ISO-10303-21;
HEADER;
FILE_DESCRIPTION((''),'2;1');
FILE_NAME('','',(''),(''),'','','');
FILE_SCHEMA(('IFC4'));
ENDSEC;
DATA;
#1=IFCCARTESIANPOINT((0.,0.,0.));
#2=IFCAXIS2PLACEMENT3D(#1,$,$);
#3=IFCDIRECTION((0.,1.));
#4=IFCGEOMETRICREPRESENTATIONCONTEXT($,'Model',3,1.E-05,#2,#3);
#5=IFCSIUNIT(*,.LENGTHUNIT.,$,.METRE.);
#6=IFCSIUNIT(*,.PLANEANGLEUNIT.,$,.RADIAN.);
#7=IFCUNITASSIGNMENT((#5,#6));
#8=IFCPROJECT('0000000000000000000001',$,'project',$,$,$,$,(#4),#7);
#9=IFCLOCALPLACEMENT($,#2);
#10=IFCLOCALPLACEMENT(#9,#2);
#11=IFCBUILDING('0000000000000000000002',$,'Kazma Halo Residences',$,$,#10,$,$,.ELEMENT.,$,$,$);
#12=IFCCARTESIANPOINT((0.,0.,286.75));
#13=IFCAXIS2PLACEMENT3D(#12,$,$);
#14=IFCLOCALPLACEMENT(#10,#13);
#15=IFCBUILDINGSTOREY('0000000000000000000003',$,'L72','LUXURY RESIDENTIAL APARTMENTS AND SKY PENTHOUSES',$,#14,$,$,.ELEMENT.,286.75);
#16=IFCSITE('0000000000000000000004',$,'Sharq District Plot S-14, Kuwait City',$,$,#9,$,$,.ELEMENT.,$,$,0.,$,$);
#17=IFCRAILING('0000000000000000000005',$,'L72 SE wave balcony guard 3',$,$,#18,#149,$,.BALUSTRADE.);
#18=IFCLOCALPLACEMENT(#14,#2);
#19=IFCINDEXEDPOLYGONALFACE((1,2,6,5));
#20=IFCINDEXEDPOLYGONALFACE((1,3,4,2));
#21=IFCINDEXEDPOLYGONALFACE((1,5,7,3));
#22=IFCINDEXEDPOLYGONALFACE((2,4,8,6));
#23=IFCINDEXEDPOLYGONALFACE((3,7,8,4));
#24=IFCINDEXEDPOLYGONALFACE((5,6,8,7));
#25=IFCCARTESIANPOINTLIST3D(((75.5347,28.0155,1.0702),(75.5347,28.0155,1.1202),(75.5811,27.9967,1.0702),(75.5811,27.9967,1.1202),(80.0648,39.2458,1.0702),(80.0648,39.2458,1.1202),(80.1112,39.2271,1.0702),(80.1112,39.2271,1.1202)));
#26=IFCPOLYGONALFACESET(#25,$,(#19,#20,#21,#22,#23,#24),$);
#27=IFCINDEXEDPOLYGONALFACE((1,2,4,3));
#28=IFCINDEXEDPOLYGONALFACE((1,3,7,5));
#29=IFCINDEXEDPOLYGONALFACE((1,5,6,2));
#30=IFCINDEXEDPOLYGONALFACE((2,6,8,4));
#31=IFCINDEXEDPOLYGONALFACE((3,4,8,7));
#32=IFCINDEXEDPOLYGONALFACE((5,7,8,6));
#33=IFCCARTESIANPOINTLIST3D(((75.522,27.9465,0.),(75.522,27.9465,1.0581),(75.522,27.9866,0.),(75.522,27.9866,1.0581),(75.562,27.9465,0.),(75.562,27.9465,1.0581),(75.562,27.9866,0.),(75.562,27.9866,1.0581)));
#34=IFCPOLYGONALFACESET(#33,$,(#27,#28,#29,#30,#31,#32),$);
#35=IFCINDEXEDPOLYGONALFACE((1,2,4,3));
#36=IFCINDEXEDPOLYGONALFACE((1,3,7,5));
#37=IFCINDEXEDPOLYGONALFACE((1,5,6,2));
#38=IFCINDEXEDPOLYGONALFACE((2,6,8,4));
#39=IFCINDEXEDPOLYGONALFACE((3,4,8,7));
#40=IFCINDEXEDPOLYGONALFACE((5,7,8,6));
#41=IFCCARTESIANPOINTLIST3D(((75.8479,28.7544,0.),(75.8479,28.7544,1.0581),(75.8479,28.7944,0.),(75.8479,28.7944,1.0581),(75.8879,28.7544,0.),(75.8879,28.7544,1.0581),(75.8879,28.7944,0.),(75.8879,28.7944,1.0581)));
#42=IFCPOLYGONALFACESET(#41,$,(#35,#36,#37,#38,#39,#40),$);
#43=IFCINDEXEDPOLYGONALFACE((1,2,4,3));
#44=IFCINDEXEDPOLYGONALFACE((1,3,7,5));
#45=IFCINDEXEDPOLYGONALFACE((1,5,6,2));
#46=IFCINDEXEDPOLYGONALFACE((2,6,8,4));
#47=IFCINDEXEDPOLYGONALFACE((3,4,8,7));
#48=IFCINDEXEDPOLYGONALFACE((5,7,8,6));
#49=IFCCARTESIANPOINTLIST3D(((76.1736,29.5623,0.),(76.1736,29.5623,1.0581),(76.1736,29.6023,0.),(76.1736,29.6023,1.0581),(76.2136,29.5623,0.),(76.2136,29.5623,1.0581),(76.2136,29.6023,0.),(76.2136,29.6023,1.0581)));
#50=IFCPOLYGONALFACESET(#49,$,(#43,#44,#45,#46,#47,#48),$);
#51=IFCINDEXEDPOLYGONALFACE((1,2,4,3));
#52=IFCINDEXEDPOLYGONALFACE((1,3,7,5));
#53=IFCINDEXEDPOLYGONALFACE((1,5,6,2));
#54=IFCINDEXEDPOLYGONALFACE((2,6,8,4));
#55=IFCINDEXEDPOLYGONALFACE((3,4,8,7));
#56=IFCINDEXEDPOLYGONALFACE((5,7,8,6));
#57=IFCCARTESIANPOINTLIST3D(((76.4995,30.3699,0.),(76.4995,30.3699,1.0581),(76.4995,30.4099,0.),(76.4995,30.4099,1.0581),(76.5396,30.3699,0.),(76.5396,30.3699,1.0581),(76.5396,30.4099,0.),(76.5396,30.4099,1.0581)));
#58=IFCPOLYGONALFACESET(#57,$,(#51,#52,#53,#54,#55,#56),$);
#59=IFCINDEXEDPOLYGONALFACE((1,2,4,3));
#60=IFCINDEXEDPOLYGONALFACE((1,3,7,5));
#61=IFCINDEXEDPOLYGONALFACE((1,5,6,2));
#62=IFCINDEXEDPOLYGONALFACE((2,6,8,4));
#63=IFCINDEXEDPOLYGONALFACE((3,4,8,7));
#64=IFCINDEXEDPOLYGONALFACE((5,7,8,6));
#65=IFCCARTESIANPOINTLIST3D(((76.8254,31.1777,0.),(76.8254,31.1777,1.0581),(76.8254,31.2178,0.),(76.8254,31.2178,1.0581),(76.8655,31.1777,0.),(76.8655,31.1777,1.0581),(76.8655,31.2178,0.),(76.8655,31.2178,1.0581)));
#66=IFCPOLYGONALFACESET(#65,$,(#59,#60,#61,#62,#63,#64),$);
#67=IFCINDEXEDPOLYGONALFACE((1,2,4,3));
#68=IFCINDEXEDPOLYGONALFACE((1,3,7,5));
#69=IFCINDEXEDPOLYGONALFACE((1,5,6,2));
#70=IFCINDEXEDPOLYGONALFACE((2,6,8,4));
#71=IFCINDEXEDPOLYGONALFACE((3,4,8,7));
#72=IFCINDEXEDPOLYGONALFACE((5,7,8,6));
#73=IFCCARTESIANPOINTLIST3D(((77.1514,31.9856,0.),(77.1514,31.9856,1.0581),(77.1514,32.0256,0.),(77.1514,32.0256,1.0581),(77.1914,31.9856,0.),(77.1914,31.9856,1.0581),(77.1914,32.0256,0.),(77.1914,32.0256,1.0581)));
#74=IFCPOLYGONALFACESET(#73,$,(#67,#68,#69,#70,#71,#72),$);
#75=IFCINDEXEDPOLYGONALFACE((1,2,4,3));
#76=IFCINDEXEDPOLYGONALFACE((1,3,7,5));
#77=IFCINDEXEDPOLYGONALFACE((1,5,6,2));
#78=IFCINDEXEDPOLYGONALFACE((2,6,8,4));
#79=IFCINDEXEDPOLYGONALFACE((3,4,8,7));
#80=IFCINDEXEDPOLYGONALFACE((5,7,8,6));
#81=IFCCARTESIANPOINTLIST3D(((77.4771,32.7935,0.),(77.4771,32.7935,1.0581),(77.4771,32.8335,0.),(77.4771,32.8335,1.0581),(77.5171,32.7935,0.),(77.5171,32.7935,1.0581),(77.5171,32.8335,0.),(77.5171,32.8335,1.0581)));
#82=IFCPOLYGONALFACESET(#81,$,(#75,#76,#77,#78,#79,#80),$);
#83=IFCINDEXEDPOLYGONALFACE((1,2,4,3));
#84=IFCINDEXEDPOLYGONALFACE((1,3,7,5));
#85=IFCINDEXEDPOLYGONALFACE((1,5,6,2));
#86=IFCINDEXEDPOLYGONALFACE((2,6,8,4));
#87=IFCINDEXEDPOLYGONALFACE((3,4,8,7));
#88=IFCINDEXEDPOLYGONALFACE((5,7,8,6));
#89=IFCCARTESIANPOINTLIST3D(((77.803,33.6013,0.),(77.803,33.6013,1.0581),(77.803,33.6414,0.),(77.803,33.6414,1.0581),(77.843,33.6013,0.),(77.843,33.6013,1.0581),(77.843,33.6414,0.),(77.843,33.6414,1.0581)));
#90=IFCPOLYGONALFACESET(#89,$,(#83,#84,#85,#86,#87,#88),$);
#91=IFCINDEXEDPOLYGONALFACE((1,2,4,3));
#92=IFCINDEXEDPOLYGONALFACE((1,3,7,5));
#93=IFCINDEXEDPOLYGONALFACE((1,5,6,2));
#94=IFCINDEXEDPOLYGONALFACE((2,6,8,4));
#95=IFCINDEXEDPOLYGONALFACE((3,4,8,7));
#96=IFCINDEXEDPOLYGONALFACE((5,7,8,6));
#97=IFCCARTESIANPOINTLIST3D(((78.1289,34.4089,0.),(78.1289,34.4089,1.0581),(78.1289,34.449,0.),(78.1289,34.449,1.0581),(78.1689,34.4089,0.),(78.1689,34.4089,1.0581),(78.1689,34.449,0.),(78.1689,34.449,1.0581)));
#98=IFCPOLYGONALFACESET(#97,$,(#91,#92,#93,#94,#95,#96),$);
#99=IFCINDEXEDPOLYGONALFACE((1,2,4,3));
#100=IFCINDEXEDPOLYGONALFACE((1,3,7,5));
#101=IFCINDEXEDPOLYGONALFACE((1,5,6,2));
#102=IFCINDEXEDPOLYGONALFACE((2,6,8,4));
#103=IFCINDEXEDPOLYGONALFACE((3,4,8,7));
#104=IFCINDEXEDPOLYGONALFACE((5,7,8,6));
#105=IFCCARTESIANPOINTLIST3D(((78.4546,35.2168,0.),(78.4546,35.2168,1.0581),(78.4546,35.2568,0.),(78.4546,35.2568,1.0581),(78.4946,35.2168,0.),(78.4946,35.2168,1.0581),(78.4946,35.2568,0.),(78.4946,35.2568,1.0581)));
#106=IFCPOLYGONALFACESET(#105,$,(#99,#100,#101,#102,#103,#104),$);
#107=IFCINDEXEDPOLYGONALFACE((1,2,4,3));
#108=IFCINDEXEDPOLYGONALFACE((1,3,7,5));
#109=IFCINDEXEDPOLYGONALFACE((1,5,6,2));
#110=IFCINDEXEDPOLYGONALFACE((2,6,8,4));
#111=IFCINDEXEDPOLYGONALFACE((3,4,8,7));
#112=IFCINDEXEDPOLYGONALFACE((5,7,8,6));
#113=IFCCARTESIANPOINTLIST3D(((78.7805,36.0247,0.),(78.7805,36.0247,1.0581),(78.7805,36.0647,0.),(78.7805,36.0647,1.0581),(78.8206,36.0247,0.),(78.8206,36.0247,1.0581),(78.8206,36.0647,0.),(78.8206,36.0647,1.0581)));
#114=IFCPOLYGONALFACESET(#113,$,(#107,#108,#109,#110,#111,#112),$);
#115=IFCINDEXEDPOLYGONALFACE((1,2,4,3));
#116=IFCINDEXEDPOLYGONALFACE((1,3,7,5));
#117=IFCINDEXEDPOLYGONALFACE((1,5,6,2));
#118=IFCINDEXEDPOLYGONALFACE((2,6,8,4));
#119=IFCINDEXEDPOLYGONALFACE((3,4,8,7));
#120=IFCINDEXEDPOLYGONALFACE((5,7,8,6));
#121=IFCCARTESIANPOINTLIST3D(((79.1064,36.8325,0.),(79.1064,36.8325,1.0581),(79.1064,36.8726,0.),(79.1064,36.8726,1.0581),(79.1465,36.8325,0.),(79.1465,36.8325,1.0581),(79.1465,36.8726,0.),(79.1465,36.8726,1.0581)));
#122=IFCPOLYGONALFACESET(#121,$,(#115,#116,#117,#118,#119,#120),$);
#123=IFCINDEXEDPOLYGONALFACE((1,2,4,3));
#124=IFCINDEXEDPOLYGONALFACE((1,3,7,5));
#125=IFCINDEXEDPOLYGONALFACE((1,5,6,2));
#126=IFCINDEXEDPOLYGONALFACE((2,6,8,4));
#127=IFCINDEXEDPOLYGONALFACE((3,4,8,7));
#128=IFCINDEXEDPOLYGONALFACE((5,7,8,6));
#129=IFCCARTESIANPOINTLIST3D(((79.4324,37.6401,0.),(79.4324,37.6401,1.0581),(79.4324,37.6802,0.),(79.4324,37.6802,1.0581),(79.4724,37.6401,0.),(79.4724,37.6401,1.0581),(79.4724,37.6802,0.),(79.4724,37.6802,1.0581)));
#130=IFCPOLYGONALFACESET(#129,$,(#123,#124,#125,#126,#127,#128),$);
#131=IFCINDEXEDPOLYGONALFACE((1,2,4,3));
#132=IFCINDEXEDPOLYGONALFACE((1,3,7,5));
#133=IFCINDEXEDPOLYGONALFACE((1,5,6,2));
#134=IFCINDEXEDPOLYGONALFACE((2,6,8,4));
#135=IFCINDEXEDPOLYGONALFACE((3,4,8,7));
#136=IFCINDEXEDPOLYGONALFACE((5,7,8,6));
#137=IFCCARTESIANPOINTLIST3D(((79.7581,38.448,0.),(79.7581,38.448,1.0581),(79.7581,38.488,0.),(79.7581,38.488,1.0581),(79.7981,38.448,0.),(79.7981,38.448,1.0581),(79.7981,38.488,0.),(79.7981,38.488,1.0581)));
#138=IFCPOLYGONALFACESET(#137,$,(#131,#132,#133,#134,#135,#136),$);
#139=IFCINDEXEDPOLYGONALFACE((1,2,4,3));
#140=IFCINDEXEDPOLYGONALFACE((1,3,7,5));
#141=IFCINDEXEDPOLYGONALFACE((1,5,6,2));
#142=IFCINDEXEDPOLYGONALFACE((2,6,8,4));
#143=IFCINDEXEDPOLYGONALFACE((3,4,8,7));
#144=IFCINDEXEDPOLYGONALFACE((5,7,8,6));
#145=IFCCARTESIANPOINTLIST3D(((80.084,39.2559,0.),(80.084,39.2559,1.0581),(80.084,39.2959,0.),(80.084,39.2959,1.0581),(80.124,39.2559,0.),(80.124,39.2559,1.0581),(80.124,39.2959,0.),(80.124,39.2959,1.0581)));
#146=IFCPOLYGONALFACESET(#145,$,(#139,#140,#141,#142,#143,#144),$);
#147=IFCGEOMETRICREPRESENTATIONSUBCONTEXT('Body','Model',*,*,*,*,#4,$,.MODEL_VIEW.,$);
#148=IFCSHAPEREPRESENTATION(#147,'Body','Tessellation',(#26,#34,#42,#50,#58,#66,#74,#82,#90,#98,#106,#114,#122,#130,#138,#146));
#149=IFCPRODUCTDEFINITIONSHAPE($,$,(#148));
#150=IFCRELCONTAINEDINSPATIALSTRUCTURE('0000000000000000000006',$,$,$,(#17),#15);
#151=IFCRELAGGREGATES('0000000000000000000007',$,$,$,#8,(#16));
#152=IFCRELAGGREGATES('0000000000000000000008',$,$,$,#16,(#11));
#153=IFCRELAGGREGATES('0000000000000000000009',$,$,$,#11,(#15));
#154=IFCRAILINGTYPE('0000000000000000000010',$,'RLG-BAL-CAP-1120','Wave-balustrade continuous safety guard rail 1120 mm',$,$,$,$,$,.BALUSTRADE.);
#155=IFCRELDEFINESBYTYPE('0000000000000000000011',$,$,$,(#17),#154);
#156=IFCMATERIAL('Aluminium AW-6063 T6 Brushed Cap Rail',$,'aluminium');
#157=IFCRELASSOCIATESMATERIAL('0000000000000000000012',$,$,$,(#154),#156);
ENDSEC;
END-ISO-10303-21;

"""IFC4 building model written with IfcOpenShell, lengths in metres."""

from ifc_helpers import new_model, si_unit, direction, frame, origin, origin_2d, place, context, subcontext, project, spatial, rectangle, extrude, material, type_object, element, save


model = new_model("IFC4")

# Units and contexts
model_context = context("Model", 3, precision=1e-05, world=origin(), true_north=direction((0.0, 1.0)))
body_context = subcontext(model_context, "Body", "Model", "MODEL_VIEW")
ifc_project = project(units=[si_unit("LENGTHUNIT", "METRE"), si_unit("PLANEANGLEUNIT", "RADIAN")], contexts=[model_context])

# Site, building, storey
site_placement = place(None, origin())
site = spatial("IfcSite", under=ifc_project, at=site_placement, Name="Sharq District Plot S-14, Kuwait City", CompositionType="ELEMENT", RefElevation=0.0)
building_placement = place(site_placement, origin())
building = spatial("IfcBuilding", under=site, at=building_placement, Name="Kazma Halo Residences", CompositionType="ELEMENT")
storey_placement = place(building_placement, frame((0.0, 0.0, 286.75)))
storey = spatial("IfcBuildingStorey", under=building, at=storey_placement, Name="L72", Description="LUXURY RESIDENTIAL APARTMENTS AND SKY PENTHOUSES", CompositionType="ELEMENT", Elevation=286.75)

# Railing
ifc_material_1 = material(Name="Aluminium AW-6063 T6 Brushed Cap Rail", Category="aluminium")
railing_type = type_object("IfcRailingType", Name="RLG-BAL-CAP-1120", Description="Wave-balustrade continuous safety guard rail 1120 mm", PredefinedType="BALUSTRADE", material=ifc_material_1)
railing_1_placement = place(storey_placement, frame((75.542, 27.9666, 0.0)))
element("IfcRailing", 1, at=railing_1_placement, inside=storey, type_object=railing_type, Name="L72 SE wave balcony guard 3", PredefinedType="BALUSTRADE", context=body_context, shape_type="SweptSolid", body=[
    extrude(rectangle(XDim=0.05, YDim=0.05, at=origin_2d()), frame((0.0159, 0.0396, 1.0952), z_axis=(0.374095, 0.92739, 0.0), x_axis=(-0.92739, 0.374095, 0.0)), (0.0, 0.0, 1.0), 12.1096),
    extrude(rectangle(XDim=0.04, YDim=0.04, at=origin_2d()), origin(), (0.0, 0.0, 1.0), 1.0581),
    extrude(rectangle(XDim=0.04, YDim=0.04, at=origin_2d()), frame((0.3259, 0.8079, 0.0)), (0.0, 0.0, 1.0), 1.0581),
    extrude(rectangle(XDim=0.04, YDim=0.04, at=origin_2d()), frame((0.6516, 1.6157, 0.0)), (0.0, 0.0, 1.0), 1.0581),
    extrude(rectangle(XDim=0.04, YDim=0.04, at=origin_2d()), frame((0.9775, 2.4233, 0.0)), (0.0, 0.0, 1.0), 1.0581),
    extrude(rectangle(XDim=0.04, YDim=0.04, at=origin_2d()), frame((1.3035, 3.2312, 0.0)), (0.0, 0.0, 1.0), 1.0581),
    extrude(rectangle(XDim=0.04, YDim=0.04, at=origin_2d()), frame((1.6294, 4.0391, 0.0)), (0.0, 0.0, 1.0), 1.0581),
    extrude(rectangle(XDim=0.04, YDim=0.04, at=origin_2d()), frame((1.9551, 4.8469, 0.0)), (0.0, 0.0, 1.0), 1.0581),
    extrude(rectangle(XDim=0.04, YDim=0.04, at=origin_2d()), frame((2.281, 5.6548, 0.0)), (0.0, 0.0, 1.0), 1.0581),
    extrude(rectangle(XDim=0.04, YDim=0.04, at=origin_2d()), frame((2.6069, 6.4624, 0.0)), (0.0, 0.0, 1.0), 1.0581),
    extrude(rectangle(XDim=0.04, YDim=0.04, at=origin_2d()), frame((2.9326, 7.2703, 0.0)), (0.0, 0.0, 1.0), 1.0581),
    extrude(rectangle(XDim=0.04, YDim=0.04, at=origin_2d()), frame((3.2585, 8.0781, 0.0)), (0.0, 0.0, 1.0), 1.0581),
    extrude(rectangle(XDim=0.04, YDim=0.04, at=origin_2d()), frame((3.5845, 8.886, 0.0)), (0.0, 0.0, 1.0), 1.0581),
    extrude(rectangle(XDim=0.04, YDim=0.04, at=origin_2d()), frame((3.9104, 9.6936, 0.0)), (0.0, 0.0, 1.0), 1.0581),
    extrude(rectangle(XDim=0.04, YDim=0.04, at=origin_2d()), frame((4.2361, 10.5015, 0.0)), (0.0, 0.0, 1.0), 1.0581),
    extrude(rectangle(XDim=0.04, YDim=0.04, at=origin_2d()), frame((4.562, 11.3093, 0.0)), (0.0, 0.0, 1.0), 1.0581),
])

save(model, "model.ifc")
